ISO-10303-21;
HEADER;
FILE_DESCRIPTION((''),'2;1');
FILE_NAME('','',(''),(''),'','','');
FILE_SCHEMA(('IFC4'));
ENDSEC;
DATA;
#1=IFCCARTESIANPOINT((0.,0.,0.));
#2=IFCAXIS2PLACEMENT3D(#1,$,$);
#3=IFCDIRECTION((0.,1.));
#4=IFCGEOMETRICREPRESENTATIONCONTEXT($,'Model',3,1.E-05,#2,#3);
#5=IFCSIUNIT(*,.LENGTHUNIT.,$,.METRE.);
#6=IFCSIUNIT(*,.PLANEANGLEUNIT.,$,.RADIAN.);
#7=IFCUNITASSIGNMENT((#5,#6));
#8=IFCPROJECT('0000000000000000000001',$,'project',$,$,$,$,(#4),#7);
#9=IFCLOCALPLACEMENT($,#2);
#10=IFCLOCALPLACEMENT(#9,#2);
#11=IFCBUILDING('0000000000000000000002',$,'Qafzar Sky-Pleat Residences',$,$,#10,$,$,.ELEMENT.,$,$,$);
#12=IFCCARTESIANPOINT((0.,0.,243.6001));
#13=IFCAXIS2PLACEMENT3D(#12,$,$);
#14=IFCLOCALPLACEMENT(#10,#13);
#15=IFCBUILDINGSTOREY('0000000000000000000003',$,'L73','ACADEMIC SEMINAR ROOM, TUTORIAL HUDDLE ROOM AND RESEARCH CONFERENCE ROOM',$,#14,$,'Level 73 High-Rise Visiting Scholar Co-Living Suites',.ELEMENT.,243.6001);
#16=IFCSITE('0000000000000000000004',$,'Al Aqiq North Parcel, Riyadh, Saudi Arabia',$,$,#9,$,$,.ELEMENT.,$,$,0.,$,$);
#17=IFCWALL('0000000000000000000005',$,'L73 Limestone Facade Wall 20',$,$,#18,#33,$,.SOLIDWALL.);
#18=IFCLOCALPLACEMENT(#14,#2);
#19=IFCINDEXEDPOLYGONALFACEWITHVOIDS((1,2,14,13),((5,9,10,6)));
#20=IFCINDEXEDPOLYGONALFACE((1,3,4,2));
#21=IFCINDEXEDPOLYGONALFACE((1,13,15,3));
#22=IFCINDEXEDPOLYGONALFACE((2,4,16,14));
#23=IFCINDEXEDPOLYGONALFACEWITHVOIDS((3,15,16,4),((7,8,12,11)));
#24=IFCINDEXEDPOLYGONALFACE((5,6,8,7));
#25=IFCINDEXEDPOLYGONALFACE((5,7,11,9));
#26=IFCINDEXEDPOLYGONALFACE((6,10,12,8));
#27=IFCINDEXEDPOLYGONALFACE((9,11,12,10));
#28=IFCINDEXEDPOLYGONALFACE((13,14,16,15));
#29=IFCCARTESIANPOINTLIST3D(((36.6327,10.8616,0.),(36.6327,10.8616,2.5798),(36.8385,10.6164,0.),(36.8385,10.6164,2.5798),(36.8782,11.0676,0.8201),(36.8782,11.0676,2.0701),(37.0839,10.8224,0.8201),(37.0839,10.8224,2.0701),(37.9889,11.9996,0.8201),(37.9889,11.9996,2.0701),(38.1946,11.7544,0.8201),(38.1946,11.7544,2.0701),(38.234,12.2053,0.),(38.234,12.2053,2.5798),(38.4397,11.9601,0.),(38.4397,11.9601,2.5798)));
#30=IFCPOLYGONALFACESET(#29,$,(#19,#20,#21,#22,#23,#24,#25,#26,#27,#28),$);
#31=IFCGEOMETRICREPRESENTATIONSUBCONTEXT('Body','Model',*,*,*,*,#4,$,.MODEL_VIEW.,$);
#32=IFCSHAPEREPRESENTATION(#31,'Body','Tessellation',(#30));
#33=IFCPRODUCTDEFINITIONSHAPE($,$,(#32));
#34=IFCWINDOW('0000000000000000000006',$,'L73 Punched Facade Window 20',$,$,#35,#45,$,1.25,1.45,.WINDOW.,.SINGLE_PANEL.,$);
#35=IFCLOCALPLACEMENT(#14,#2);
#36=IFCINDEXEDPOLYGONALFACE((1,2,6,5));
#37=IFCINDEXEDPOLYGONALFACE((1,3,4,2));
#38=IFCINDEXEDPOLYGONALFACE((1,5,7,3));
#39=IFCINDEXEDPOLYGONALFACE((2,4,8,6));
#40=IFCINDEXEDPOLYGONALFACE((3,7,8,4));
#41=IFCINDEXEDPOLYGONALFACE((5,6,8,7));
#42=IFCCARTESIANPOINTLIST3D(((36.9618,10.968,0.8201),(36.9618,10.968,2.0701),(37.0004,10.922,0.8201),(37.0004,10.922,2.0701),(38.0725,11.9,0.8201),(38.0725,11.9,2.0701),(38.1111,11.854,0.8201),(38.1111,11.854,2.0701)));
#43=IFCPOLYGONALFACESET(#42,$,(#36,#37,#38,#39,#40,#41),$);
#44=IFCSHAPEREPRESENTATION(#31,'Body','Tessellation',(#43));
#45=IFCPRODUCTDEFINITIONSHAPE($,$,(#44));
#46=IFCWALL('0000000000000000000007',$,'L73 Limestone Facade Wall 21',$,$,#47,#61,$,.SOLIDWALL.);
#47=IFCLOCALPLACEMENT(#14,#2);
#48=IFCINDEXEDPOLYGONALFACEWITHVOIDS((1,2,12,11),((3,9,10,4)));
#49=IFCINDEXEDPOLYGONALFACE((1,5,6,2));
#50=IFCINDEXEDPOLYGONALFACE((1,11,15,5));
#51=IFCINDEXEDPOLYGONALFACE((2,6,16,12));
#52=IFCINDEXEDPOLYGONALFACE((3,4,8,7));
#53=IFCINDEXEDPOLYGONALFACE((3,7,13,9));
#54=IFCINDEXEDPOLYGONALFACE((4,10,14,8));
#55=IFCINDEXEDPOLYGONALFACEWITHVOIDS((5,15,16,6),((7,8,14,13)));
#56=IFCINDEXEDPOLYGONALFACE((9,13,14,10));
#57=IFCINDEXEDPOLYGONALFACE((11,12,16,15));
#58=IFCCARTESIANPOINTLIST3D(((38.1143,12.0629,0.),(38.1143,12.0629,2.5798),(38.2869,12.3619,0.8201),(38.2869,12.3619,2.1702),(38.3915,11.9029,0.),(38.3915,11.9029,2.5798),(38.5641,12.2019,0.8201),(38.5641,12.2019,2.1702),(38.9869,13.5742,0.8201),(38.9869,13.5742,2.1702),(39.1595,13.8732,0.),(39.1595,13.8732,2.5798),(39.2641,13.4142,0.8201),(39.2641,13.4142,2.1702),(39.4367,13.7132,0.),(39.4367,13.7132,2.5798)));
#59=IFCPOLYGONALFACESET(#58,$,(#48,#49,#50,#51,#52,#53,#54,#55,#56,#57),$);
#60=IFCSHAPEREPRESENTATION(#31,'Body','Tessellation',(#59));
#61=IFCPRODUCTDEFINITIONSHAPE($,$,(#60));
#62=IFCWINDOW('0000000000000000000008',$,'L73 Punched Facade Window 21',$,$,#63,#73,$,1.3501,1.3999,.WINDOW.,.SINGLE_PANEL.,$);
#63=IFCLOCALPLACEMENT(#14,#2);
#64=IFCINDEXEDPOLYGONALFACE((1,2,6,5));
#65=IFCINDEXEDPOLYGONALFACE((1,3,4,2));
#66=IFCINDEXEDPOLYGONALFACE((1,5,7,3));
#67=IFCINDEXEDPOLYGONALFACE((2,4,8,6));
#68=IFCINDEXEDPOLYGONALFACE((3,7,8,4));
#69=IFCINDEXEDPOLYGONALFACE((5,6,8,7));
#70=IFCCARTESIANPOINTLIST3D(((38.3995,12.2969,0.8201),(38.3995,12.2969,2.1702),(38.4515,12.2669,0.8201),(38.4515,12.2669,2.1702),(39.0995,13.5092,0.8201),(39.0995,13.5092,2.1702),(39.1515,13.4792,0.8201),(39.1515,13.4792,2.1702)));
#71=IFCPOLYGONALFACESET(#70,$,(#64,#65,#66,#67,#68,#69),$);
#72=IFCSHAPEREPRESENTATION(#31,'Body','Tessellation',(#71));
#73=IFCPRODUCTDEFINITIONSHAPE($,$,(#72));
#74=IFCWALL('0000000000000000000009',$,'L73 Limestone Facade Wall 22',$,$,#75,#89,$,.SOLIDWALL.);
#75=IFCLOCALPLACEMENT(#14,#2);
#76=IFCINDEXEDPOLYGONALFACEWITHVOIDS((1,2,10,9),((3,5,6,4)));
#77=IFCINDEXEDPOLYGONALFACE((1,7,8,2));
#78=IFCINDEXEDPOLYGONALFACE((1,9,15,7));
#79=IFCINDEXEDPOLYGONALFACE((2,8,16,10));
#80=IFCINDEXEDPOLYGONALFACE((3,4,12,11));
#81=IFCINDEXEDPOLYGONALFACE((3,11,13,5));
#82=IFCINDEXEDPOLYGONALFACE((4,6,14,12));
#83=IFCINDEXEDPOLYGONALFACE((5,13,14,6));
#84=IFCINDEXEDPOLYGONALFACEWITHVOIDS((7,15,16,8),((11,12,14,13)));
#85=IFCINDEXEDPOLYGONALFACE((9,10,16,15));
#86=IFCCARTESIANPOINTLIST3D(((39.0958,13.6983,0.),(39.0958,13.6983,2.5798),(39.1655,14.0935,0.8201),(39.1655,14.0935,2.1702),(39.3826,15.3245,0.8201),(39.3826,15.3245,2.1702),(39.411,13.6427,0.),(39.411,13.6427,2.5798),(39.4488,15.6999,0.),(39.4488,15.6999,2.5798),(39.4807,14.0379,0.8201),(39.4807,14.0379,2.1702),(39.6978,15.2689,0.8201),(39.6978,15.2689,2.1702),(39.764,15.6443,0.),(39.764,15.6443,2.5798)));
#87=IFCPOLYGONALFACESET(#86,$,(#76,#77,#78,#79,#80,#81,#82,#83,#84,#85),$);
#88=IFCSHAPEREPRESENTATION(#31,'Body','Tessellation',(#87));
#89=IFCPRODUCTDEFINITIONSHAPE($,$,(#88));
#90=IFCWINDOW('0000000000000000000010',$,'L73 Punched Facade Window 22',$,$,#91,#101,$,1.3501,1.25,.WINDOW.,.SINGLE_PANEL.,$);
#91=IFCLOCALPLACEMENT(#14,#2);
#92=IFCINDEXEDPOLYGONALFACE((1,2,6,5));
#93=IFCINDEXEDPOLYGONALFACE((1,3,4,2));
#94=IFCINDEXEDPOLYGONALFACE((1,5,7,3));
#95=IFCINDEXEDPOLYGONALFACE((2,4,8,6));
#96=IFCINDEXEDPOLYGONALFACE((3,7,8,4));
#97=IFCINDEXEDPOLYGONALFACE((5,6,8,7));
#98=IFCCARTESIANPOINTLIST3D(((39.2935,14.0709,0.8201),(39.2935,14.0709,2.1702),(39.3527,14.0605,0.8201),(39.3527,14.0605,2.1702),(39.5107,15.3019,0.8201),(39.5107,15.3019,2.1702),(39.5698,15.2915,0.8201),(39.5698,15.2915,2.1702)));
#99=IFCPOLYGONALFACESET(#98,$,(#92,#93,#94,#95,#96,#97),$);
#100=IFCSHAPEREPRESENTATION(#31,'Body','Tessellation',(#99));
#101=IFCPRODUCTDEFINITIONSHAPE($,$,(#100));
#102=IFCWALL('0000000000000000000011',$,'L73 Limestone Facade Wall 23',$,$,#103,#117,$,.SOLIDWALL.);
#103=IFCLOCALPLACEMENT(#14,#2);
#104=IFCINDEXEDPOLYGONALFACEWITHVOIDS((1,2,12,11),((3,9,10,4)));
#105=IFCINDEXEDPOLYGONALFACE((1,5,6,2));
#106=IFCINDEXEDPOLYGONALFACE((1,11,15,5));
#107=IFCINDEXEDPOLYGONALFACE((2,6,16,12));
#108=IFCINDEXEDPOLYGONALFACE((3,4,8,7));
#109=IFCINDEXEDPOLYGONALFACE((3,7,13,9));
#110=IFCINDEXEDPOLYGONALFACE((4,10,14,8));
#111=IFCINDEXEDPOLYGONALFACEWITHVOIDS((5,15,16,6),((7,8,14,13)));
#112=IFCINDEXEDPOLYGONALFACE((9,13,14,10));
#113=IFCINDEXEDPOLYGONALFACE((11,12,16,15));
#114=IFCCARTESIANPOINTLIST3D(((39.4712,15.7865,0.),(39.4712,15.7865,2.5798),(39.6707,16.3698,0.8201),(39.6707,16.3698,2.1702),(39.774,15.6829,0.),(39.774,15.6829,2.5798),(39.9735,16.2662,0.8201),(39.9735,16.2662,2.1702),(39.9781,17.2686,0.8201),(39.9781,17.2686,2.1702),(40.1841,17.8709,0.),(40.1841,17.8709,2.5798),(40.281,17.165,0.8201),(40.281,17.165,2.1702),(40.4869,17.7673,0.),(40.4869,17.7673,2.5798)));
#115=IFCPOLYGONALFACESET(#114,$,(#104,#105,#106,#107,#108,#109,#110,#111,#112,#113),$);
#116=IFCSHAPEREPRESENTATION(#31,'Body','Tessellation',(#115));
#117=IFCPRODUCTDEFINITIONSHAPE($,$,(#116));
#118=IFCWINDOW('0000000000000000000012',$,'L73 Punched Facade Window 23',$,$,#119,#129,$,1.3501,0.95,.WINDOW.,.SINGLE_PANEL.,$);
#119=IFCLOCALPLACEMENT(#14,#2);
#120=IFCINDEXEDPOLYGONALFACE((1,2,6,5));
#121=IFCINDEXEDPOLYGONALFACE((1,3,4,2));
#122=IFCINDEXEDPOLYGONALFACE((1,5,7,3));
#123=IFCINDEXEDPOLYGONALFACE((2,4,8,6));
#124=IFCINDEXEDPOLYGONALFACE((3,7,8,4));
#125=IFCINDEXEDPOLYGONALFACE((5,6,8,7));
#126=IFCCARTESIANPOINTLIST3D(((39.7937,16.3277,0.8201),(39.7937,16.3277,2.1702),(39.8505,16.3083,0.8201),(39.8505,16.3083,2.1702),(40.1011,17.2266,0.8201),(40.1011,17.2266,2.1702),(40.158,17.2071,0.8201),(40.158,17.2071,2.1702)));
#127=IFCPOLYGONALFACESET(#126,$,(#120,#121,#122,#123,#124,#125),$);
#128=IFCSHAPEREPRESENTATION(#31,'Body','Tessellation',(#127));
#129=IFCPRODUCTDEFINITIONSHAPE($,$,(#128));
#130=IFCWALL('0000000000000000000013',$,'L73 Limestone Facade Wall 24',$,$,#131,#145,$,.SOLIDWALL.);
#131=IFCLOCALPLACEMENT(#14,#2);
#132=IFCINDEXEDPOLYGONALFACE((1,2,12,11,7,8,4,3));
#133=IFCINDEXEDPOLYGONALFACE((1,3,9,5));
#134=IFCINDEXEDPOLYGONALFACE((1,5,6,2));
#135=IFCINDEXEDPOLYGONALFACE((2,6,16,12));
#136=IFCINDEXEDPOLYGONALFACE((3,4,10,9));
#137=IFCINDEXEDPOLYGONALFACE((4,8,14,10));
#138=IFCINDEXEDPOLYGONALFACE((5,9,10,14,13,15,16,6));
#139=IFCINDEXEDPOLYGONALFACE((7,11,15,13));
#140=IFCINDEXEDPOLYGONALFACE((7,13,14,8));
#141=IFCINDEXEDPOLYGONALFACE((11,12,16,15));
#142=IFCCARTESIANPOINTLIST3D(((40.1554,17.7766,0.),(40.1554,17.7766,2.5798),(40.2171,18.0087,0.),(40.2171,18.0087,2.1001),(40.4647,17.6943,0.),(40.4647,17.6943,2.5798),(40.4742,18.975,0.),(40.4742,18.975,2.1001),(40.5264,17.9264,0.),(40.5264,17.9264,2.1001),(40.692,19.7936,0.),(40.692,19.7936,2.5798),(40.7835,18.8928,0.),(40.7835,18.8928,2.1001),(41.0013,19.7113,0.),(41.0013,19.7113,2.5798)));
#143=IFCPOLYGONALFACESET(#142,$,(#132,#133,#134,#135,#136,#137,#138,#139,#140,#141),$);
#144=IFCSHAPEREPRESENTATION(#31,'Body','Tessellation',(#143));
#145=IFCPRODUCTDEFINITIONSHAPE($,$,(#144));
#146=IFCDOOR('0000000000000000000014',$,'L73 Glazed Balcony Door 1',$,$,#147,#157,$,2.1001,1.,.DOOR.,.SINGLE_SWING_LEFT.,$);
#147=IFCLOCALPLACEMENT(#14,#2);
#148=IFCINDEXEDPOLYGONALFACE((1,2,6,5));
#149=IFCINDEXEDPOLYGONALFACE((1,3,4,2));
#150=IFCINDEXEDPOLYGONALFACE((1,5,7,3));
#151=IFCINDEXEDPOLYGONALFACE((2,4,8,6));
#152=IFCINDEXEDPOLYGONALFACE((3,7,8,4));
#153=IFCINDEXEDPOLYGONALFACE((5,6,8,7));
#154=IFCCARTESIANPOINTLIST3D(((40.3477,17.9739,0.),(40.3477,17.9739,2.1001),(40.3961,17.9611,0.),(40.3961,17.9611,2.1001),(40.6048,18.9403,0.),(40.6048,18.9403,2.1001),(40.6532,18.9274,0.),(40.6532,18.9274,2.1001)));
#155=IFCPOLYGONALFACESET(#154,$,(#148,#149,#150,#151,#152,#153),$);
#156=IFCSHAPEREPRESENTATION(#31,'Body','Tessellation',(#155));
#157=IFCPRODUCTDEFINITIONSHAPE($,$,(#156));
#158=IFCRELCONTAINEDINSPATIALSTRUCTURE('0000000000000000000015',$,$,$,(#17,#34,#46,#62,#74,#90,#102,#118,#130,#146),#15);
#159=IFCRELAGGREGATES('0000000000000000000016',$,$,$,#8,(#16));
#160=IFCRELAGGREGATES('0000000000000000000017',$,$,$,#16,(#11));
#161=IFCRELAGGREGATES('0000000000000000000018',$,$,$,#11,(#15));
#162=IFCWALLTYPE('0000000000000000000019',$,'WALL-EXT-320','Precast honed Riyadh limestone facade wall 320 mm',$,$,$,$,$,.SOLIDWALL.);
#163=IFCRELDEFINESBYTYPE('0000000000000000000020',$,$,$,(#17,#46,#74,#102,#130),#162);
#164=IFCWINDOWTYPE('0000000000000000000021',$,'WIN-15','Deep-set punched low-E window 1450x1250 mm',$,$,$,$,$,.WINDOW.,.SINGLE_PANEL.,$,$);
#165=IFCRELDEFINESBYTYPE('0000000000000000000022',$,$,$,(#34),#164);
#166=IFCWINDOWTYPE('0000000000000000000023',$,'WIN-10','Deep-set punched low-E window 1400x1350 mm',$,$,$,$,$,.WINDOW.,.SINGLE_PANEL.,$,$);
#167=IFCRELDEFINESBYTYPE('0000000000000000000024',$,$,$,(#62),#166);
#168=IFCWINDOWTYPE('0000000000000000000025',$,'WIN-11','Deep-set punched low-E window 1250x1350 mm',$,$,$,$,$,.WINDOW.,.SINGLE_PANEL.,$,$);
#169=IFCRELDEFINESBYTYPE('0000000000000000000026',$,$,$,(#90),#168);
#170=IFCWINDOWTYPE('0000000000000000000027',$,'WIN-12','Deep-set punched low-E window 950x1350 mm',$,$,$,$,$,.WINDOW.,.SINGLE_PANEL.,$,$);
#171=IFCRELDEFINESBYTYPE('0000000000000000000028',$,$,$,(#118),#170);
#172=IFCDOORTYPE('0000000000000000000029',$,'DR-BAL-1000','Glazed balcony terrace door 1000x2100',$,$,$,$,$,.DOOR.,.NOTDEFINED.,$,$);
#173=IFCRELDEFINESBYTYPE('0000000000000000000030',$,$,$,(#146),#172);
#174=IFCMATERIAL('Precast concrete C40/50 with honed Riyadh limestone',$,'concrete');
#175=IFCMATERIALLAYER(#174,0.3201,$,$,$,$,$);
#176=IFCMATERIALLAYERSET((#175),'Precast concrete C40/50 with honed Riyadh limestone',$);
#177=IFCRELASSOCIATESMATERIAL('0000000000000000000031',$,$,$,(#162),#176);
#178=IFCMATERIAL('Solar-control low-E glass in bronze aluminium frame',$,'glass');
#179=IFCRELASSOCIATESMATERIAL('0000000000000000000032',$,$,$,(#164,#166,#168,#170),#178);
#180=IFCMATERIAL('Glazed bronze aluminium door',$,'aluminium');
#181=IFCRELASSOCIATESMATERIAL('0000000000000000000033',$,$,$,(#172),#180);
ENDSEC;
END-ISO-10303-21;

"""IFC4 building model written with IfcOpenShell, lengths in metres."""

from ifc_helpers import new_model, si_unit, direction, frame, frame_2d, origin, place, context, subcontext, project, spatial, rectangle, extrude, source, transform, mapped, material, layer, layer_set, type_object, element, fill, save


model = new_model("IFC4")

# Units and contexts
model_context = context("Model", 3, precision=1e-05, world=origin(), true_north=direction((0.0, 1.0)))
body_context = subcontext(model_context, "Body", "Model", "MODEL_VIEW")
ifc_project = project(units=[si_unit("LENGTHUNIT", "METRE"), si_unit("PLANEANGLEUNIT", "RADIAN")], contexts=[model_context])

# Site, building, storey
site_placement = place(None, origin())
site = spatial("IfcSite", under=ifc_project, at=site_placement, Name="Al Aqiq North Parcel, Riyadh, Saudi Arabia", CompositionType="ELEMENT", RefElevation=0.0)
building_placement = place(site_placement, origin())
building = spatial("IfcBuilding", under=site, at=building_placement, Name="Qafzar Sky-Pleat Residences", CompositionType="ELEMENT")
storey_placement = place(building_placement, frame((0.0, 0.0, 243.6001)))
storey = spatial("IfcBuildingStorey", under=building, at=storey_placement, Name="L73", Description="ACADEMIC SEMINAR ROOM, TUTORIAL HUDDLE ROOM AND RESEARCH CONFERENCE ROOM", LongName="Level 73 High-Rise Visiting Scholar Co-Living Suites", CompositionType="ELEMENT", Elevation=243.6001)

# Walls, openings, windows
ifc_material_1 = material(Name="Precast concrete C40/50 with honed Riyadh limestone", Category="concrete")
ifc_layer_1 = layer(ifc_material_1, 0.3201)
ifc_layer_set_1 = layer_set([ifc_layer_1], Name="Precast concrete C40/50 with honed Riyadh limestone")
wall_type_1 = type_object("IfcWallType", Name="WALL-EXT-320", Description="Precast honed Riyadh limestone facade wall 320 mm", PredefinedType="SOLIDWALL", material=ifc_layer_set_1)
wall_1_placement = place(storey_placement, frame((36.7356, 10.739, 0.0), z_axis=(0.0, 0.0, 1.0), x_axis=(0.766025, 0.642811, 0.0)))
wall_1 = element("IfcWall", 1, at=wall_1_placement, inside=storey, type_object=wall_type_1, Name="L73 Limestone Facade Wall 20", PredefinedType="SOLIDWALL", context=body_context, shape_type="SweptSolid", body=[
    extrude(rectangle(XDim=2.0903, YDim=0.3201, at=frame_2d((1.0452, 0.0))), origin(), (0.0, 0.0, 1.0), 2.5798),
])
opening_1_placement = place(wall_1_placement, frame((0.3203, 0.0, 0.8201)))
opening_1 = element("IfcOpeningElement", 2, at=opening_1_placement, cuts=wall_1, PredefinedType="OPENING", context=body_context, shape_type="SweptSolid", body=[
    extrude(rectangle(XDim=1.45, YDim=1.25, at=frame_2d((0.7251, 0.625))), frame((0.0, 0.1699, 0.0), z_axis=(0.0, -1.0, 0.0), x_axis=(1.0, 0.0, 0.0)), (0.0, 0.0, 1.0), 0.3401),
])
ifc_material_2 = material(Name="Solar-control low-E glass in bronze aluminium frame", Category="glass")
window_type_1 = type_object("IfcWindowType", Name="WIN-15", Description="Deep-set punched low-E window 1450x1250 mm", PartitioningType="SINGLE_PANEL", PredefinedType="WINDOW", material=ifc_material_2)
shared_shape_1 = source(origin(), body_context, "Body", "SweptSolid", [
    extrude(rectangle(XDim=1.45, YDim=1.25, at=frame_2d((0.7251, 0.625))), frame((0.0, 0.03, 0.0), z_axis=(0.0, -1.0, 0.0), x_axis=(1.0, 0.0, 0.0)), (0.0, 0.0, 1.0), 0.0601),
])
window_1_placement = place(opening_1_placement, origin())
window_1 = element("IfcWindow", 3, at=window_1_placement, inside=storey, type_object=window_type_1, Name="L73 Punched Facade Window 20", OverallHeight=1.25, OverallWidth=1.45, PartitioningType="SINGLE_PANEL", PredefinedType="WINDOW", context=body_context, shape_type="MappedRepresentation", body=[
    mapped(shared_shape_1, transform((0.0, 0.0, 0.0), x_axis=(1.0, 0.0, 0.0), y_axis=(0.0, 1.0, 0.0), z_axis=(0.0, 0.0, 1.0), scale=1.0)),
])
fill(opening_1, window_1)
wall_2_placement = place(storey_placement, frame((38.2529, 11.9829, 0.0), z_axis=(0.0, 0.0, 1.0), x_axis=(0.499995, 0.866028, 0.0)))
wall_2 = element("IfcWall", 4, at=wall_2_placement, inside=storey, type_object=wall_type_1, Name="L73 Limestone Facade Wall 21", PredefinedType="SOLIDWALL", context=body_context, shape_type="SweptSolid", body=[
    extrude(rectangle(XDim=2.0903, YDim=0.3201, at=frame_2d((1.0452, 0.0))), origin(), (0.0, 0.0, 1.0), 2.5798),
])
opening_2_placement = place(wall_2_placement, frame((0.3452, 0.0, 0.8201)))
opening_2 = element("IfcOpeningElement", 5, at=opening_2_placement, cuts=wall_2, PredefinedType="OPENING", context=body_context, shape_type="SweptSolid", body=[
    extrude(rectangle(XDim=1.3999, YDim=1.3501, at=frame_2d((0.7, 0.675))), frame((0.0, 0.1699, 0.0), z_axis=(0.0, -1.0, 0.0), x_axis=(1.0, 0.0, 0.0)), (0.0, 0.0, 1.0), 0.3401),
])
window_type_2 = type_object("IfcWindowType", Name="WIN-10", Description="Deep-set punched low-E window 1400x1350 mm", PartitioningType="SINGLE_PANEL", PredefinedType="WINDOW", material=ifc_material_2)
shared_shape_2 = source(origin(), body_context, "Body", "SweptSolid", [
    extrude(rectangle(XDim=1.3999, YDim=1.3501, at=frame_2d((0.7, 0.675))), frame((0.0, 0.03, 0.0), z_axis=(0.0, -1.0, 0.0), x_axis=(1.0, 0.0, 0.0)), (0.0, 0.0, 1.0), 0.0601),
])
window_2_placement = place(opening_2_placement, origin())
window_2 = element("IfcWindow", 6, at=window_2_placement, inside=storey, type_object=window_type_2, Name="L73 Punched Facade Window 21", OverallHeight=1.3501, OverallWidth=1.3999, PartitioningType="SINGLE_PANEL", PredefinedType="WINDOW", context=body_context, shape_type="MappedRepresentation", body=[
    mapped(shared_shape_2, transform((0.0, 0.0, 0.0), x_axis=(1.0, 0.0, 0.0), y_axis=(0.0, 1.0, 0.0), z_axis=(0.0, 0.0, 1.0), scale=1.0)),
])
fill(opening_2, window_2)
wall_3_placement = place(storey_placement, frame((39.2534, 13.6707, 0.0), z_axis=(0.0, 0.0, 1.0), x_axis=(0.173703, 0.984798, 0.0)))
wall_3 = element("IfcWall", 7, at=wall_3_placement, inside=storey, type_object=wall_type_1, Name="L73 Limestone Facade Wall 22", PredefinedType="SOLIDWALL", context=body_context, shape_type="SweptSolid", body=[
    extrude(rectangle(XDim=2.0325, YDim=0.3201, at=frame_2d((1.0161, 0.0))), origin(), (0.0, 0.0, 1.0), 2.5798),
])
opening_3_placement = place(wall_3_placement, frame((0.4011, 0.0, 0.8201)))
opening_3 = element("IfcOpeningElement", 8, at=opening_3_placement, cuts=wall_3, PredefinedType="OPENING", context=body_context, shape_type="SweptSolid", body=[
    extrude(rectangle(XDim=1.25, YDim=1.3501, at=frame_2d((0.625, 0.675))), frame((0.0, 0.1699, 0.0), z_axis=(0.0, -1.0, 0.0), x_axis=(1.0, 0.0, 0.0)), (0.0, 0.0, 1.0), 0.3401),
])
window_type_3 = type_object("IfcWindowType", Name="WIN-11", Description="Deep-set punched low-E window 1250x1350 mm", PartitioningType="SINGLE_PANEL", PredefinedType="WINDOW", material=ifc_material_2)
shared_shape_3 = source(origin(), body_context, "Body", "SweptSolid", [
    extrude(rectangle(XDim=1.25, YDim=1.3501, at=frame_2d((0.625, 0.675))), frame((0.0, 0.03, 0.0), z_axis=(0.0, -1.0, 0.0), x_axis=(1.0, 0.0, 0.0)), (0.0, 0.0, 1.0), 0.0601),
])
window_3_placement = place(opening_3_placement, origin())
window_3 = element("IfcWindow", 9, at=window_3_placement, inside=storey, type_object=window_type_3, Name="L73 Punched Facade Window 22", OverallHeight=1.3501, OverallWidth=1.25, PartitioningType="SINGLE_PANEL", PredefinedType="WINDOW", context=body_context, shape_type="MappedRepresentation", body=[
    mapped(shared_shape_3, transform((0.0, 0.0, 0.0), x_axis=(1.0, 0.0, 0.0), y_axis=(0.0, 1.0, 0.0), z_axis=(0.0, 0.0, 1.0), scale=1.0)),
])
fill(opening_3, window_3)
wall_4_placement = place(storey_placement, frame((39.6226, 15.7346, 0.0), z_axis=(0.0, 0.0, 1.0), x_axis=(0.323633, 0.946183, 0.0)))
wall_4 = element("IfcWall", 10, at=wall_4_placement, inside=storey, type_object=wall_type_1, Name="L73 Limestone Facade Wall 23", PredefinedType="SOLIDWALL", context=body_context, shape_type="SweptSolid", body=[
    extrude(rectangle(XDim=2.2029, YDim=0.3201, at=frame_2d((1.1016, 0.0))), origin(), (0.0, 0.0, 1.0), 2.5798),
])
opening_4_placement = place(wall_4_placement, frame((0.6165, 0.0, 0.8201)))
opening_4 = element("IfcOpeningElement", 11, at=opening_4_placement, cuts=wall_4, PredefinedType="OPENING", context=body_context, shape_type="SweptSolid", body=[
    extrude(rectangle(XDim=0.95, YDim=1.3501, at=frame_2d((0.4751, 0.675))), frame((0.0, 0.1699, 0.0), z_axis=(0.0, -1.0, 0.0), x_axis=(1.0, 0.0, 0.0)), (0.0, 0.0, 1.0), 0.3401),
])
window_type_4 = type_object("IfcWindowType", Name="WIN-12", Description="Deep-set punched low-E window 950x1350 mm", PartitioningType="SINGLE_PANEL", PredefinedType="WINDOW", material=ifc_material_2)
shared_shape_4 = source(origin(), body_context, "Body", "SweptSolid", [
    extrude(rectangle(XDim=0.95, YDim=1.3501, at=frame_2d((0.4751, 0.675))), frame((0.0, 0.03, 0.0), z_axis=(0.0, -1.0, 0.0), x_axis=(1.0, 0.0, 0.0)), (0.0, 0.0, 1.0), 0.0601),
])
window_4_placement = place(opening_4_placement, origin())
window_4 = element("IfcWindow", 12, at=window_4_placement, inside=storey, type_object=window_type_4, Name="L73 Punched Facade Window 23", OverallHeight=1.3501, OverallWidth=0.95, PartitioningType="SINGLE_PANEL", PredefinedType="WINDOW", context=body_context, shape_type="MappedRepresentation", body=[
    mapped(shared_shape_4, transform((0.0, 0.0, 0.0), x_axis=(1.0, 0.0, 0.0), y_axis=(0.0, 1.0, 0.0), z_axis=(0.0, 0.0, 1.0), scale=1.0)),
])
fill(opening_4, window_4)

# Wall, opening, door
wall_5_placement = place(storey_placement, frame((40.3101, 17.7356, 0.0), z_axis=(0.0, 0.0, 1.0), x_axis=(0.257095, 0.966386, 0.0)))
wall_5 = element("IfcWall", 13, at=wall_5_placement, inside=storey, type_object=wall_type_1, Name="L73 Limestone Facade Wall 24", PredefinedType="SOLIDWALL", context=body_context, shape_type="SweptSolid", body=[
    extrude(rectangle(XDim=2.0872, YDim=0.3201, at=frame_2d((1.0435, 0.0))), origin(), (0.0, 0.0, 1.0), 2.5798),
])
opening_5_placement = place(wall_5_placement, frame((0.24, 0.0, 0.0)))
opening_5 = element("IfcOpeningElement", 14, at=opening_5_placement, cuts=wall_5, PredefinedType="OPENING", context=body_context, shape_type="SweptSolid", body=[
    extrude(rectangle(XDim=1.0, YDim=2.1001, at=frame_2d((0.5, 1.05))), frame((0.0, 0.1699, 0.0), z_axis=(0.0, -1.0, 0.0), x_axis=(1.0, 0.0, 0.0)), (0.0, 0.0, 1.0), 0.3401),
])
ifc_material_3 = material(Name="Glazed bronze aluminium door", Category="aluminium")
door_type_1 = type_object("IfcDoorType", Name="DR-BAL-1000", Description="Glazed balcony terrace door 1000x2100", OperationType="NOTDEFINED", PredefinedType="DOOR", material=ifc_material_3)
shared_shape_5 = source(origin(), body_context, "Body", "SweptSolid", [
    extrude(rectangle(XDim=1.0, YDim=2.1001, at=frame_2d((0.5, 1.05))), frame((0.0, 0.0249, 0.0), z_axis=(0.0, -1.0, 0.0), x_axis=(1.0, 0.0, 0.0)), (0.0, 0.0, 1.0), 0.05),
])
door_1_placement = place(opening_5_placement, origin())
door_1 = element("IfcDoor", 15, at=door_1_placement, inside=storey, type_object=door_type_1, Name="L73 Glazed Balcony Door 1", OperationType="SINGLE_SWING_LEFT", OverallHeight=2.1001, OverallWidth=1.0, PredefinedType="DOOR", context=body_context, shape_type="MappedRepresentation", body=[
    mapped(shared_shape_5, transform((0.0, 0.0, 0.0), x_axis=(1.0, 0.0, 0.0), y_axis=(0.0, 1.0, 0.0), z_axis=(0.0, 0.0, 1.0), scale=1.0)),
])
fill(opening_5, door_1)

save(model, "model.ifc")
